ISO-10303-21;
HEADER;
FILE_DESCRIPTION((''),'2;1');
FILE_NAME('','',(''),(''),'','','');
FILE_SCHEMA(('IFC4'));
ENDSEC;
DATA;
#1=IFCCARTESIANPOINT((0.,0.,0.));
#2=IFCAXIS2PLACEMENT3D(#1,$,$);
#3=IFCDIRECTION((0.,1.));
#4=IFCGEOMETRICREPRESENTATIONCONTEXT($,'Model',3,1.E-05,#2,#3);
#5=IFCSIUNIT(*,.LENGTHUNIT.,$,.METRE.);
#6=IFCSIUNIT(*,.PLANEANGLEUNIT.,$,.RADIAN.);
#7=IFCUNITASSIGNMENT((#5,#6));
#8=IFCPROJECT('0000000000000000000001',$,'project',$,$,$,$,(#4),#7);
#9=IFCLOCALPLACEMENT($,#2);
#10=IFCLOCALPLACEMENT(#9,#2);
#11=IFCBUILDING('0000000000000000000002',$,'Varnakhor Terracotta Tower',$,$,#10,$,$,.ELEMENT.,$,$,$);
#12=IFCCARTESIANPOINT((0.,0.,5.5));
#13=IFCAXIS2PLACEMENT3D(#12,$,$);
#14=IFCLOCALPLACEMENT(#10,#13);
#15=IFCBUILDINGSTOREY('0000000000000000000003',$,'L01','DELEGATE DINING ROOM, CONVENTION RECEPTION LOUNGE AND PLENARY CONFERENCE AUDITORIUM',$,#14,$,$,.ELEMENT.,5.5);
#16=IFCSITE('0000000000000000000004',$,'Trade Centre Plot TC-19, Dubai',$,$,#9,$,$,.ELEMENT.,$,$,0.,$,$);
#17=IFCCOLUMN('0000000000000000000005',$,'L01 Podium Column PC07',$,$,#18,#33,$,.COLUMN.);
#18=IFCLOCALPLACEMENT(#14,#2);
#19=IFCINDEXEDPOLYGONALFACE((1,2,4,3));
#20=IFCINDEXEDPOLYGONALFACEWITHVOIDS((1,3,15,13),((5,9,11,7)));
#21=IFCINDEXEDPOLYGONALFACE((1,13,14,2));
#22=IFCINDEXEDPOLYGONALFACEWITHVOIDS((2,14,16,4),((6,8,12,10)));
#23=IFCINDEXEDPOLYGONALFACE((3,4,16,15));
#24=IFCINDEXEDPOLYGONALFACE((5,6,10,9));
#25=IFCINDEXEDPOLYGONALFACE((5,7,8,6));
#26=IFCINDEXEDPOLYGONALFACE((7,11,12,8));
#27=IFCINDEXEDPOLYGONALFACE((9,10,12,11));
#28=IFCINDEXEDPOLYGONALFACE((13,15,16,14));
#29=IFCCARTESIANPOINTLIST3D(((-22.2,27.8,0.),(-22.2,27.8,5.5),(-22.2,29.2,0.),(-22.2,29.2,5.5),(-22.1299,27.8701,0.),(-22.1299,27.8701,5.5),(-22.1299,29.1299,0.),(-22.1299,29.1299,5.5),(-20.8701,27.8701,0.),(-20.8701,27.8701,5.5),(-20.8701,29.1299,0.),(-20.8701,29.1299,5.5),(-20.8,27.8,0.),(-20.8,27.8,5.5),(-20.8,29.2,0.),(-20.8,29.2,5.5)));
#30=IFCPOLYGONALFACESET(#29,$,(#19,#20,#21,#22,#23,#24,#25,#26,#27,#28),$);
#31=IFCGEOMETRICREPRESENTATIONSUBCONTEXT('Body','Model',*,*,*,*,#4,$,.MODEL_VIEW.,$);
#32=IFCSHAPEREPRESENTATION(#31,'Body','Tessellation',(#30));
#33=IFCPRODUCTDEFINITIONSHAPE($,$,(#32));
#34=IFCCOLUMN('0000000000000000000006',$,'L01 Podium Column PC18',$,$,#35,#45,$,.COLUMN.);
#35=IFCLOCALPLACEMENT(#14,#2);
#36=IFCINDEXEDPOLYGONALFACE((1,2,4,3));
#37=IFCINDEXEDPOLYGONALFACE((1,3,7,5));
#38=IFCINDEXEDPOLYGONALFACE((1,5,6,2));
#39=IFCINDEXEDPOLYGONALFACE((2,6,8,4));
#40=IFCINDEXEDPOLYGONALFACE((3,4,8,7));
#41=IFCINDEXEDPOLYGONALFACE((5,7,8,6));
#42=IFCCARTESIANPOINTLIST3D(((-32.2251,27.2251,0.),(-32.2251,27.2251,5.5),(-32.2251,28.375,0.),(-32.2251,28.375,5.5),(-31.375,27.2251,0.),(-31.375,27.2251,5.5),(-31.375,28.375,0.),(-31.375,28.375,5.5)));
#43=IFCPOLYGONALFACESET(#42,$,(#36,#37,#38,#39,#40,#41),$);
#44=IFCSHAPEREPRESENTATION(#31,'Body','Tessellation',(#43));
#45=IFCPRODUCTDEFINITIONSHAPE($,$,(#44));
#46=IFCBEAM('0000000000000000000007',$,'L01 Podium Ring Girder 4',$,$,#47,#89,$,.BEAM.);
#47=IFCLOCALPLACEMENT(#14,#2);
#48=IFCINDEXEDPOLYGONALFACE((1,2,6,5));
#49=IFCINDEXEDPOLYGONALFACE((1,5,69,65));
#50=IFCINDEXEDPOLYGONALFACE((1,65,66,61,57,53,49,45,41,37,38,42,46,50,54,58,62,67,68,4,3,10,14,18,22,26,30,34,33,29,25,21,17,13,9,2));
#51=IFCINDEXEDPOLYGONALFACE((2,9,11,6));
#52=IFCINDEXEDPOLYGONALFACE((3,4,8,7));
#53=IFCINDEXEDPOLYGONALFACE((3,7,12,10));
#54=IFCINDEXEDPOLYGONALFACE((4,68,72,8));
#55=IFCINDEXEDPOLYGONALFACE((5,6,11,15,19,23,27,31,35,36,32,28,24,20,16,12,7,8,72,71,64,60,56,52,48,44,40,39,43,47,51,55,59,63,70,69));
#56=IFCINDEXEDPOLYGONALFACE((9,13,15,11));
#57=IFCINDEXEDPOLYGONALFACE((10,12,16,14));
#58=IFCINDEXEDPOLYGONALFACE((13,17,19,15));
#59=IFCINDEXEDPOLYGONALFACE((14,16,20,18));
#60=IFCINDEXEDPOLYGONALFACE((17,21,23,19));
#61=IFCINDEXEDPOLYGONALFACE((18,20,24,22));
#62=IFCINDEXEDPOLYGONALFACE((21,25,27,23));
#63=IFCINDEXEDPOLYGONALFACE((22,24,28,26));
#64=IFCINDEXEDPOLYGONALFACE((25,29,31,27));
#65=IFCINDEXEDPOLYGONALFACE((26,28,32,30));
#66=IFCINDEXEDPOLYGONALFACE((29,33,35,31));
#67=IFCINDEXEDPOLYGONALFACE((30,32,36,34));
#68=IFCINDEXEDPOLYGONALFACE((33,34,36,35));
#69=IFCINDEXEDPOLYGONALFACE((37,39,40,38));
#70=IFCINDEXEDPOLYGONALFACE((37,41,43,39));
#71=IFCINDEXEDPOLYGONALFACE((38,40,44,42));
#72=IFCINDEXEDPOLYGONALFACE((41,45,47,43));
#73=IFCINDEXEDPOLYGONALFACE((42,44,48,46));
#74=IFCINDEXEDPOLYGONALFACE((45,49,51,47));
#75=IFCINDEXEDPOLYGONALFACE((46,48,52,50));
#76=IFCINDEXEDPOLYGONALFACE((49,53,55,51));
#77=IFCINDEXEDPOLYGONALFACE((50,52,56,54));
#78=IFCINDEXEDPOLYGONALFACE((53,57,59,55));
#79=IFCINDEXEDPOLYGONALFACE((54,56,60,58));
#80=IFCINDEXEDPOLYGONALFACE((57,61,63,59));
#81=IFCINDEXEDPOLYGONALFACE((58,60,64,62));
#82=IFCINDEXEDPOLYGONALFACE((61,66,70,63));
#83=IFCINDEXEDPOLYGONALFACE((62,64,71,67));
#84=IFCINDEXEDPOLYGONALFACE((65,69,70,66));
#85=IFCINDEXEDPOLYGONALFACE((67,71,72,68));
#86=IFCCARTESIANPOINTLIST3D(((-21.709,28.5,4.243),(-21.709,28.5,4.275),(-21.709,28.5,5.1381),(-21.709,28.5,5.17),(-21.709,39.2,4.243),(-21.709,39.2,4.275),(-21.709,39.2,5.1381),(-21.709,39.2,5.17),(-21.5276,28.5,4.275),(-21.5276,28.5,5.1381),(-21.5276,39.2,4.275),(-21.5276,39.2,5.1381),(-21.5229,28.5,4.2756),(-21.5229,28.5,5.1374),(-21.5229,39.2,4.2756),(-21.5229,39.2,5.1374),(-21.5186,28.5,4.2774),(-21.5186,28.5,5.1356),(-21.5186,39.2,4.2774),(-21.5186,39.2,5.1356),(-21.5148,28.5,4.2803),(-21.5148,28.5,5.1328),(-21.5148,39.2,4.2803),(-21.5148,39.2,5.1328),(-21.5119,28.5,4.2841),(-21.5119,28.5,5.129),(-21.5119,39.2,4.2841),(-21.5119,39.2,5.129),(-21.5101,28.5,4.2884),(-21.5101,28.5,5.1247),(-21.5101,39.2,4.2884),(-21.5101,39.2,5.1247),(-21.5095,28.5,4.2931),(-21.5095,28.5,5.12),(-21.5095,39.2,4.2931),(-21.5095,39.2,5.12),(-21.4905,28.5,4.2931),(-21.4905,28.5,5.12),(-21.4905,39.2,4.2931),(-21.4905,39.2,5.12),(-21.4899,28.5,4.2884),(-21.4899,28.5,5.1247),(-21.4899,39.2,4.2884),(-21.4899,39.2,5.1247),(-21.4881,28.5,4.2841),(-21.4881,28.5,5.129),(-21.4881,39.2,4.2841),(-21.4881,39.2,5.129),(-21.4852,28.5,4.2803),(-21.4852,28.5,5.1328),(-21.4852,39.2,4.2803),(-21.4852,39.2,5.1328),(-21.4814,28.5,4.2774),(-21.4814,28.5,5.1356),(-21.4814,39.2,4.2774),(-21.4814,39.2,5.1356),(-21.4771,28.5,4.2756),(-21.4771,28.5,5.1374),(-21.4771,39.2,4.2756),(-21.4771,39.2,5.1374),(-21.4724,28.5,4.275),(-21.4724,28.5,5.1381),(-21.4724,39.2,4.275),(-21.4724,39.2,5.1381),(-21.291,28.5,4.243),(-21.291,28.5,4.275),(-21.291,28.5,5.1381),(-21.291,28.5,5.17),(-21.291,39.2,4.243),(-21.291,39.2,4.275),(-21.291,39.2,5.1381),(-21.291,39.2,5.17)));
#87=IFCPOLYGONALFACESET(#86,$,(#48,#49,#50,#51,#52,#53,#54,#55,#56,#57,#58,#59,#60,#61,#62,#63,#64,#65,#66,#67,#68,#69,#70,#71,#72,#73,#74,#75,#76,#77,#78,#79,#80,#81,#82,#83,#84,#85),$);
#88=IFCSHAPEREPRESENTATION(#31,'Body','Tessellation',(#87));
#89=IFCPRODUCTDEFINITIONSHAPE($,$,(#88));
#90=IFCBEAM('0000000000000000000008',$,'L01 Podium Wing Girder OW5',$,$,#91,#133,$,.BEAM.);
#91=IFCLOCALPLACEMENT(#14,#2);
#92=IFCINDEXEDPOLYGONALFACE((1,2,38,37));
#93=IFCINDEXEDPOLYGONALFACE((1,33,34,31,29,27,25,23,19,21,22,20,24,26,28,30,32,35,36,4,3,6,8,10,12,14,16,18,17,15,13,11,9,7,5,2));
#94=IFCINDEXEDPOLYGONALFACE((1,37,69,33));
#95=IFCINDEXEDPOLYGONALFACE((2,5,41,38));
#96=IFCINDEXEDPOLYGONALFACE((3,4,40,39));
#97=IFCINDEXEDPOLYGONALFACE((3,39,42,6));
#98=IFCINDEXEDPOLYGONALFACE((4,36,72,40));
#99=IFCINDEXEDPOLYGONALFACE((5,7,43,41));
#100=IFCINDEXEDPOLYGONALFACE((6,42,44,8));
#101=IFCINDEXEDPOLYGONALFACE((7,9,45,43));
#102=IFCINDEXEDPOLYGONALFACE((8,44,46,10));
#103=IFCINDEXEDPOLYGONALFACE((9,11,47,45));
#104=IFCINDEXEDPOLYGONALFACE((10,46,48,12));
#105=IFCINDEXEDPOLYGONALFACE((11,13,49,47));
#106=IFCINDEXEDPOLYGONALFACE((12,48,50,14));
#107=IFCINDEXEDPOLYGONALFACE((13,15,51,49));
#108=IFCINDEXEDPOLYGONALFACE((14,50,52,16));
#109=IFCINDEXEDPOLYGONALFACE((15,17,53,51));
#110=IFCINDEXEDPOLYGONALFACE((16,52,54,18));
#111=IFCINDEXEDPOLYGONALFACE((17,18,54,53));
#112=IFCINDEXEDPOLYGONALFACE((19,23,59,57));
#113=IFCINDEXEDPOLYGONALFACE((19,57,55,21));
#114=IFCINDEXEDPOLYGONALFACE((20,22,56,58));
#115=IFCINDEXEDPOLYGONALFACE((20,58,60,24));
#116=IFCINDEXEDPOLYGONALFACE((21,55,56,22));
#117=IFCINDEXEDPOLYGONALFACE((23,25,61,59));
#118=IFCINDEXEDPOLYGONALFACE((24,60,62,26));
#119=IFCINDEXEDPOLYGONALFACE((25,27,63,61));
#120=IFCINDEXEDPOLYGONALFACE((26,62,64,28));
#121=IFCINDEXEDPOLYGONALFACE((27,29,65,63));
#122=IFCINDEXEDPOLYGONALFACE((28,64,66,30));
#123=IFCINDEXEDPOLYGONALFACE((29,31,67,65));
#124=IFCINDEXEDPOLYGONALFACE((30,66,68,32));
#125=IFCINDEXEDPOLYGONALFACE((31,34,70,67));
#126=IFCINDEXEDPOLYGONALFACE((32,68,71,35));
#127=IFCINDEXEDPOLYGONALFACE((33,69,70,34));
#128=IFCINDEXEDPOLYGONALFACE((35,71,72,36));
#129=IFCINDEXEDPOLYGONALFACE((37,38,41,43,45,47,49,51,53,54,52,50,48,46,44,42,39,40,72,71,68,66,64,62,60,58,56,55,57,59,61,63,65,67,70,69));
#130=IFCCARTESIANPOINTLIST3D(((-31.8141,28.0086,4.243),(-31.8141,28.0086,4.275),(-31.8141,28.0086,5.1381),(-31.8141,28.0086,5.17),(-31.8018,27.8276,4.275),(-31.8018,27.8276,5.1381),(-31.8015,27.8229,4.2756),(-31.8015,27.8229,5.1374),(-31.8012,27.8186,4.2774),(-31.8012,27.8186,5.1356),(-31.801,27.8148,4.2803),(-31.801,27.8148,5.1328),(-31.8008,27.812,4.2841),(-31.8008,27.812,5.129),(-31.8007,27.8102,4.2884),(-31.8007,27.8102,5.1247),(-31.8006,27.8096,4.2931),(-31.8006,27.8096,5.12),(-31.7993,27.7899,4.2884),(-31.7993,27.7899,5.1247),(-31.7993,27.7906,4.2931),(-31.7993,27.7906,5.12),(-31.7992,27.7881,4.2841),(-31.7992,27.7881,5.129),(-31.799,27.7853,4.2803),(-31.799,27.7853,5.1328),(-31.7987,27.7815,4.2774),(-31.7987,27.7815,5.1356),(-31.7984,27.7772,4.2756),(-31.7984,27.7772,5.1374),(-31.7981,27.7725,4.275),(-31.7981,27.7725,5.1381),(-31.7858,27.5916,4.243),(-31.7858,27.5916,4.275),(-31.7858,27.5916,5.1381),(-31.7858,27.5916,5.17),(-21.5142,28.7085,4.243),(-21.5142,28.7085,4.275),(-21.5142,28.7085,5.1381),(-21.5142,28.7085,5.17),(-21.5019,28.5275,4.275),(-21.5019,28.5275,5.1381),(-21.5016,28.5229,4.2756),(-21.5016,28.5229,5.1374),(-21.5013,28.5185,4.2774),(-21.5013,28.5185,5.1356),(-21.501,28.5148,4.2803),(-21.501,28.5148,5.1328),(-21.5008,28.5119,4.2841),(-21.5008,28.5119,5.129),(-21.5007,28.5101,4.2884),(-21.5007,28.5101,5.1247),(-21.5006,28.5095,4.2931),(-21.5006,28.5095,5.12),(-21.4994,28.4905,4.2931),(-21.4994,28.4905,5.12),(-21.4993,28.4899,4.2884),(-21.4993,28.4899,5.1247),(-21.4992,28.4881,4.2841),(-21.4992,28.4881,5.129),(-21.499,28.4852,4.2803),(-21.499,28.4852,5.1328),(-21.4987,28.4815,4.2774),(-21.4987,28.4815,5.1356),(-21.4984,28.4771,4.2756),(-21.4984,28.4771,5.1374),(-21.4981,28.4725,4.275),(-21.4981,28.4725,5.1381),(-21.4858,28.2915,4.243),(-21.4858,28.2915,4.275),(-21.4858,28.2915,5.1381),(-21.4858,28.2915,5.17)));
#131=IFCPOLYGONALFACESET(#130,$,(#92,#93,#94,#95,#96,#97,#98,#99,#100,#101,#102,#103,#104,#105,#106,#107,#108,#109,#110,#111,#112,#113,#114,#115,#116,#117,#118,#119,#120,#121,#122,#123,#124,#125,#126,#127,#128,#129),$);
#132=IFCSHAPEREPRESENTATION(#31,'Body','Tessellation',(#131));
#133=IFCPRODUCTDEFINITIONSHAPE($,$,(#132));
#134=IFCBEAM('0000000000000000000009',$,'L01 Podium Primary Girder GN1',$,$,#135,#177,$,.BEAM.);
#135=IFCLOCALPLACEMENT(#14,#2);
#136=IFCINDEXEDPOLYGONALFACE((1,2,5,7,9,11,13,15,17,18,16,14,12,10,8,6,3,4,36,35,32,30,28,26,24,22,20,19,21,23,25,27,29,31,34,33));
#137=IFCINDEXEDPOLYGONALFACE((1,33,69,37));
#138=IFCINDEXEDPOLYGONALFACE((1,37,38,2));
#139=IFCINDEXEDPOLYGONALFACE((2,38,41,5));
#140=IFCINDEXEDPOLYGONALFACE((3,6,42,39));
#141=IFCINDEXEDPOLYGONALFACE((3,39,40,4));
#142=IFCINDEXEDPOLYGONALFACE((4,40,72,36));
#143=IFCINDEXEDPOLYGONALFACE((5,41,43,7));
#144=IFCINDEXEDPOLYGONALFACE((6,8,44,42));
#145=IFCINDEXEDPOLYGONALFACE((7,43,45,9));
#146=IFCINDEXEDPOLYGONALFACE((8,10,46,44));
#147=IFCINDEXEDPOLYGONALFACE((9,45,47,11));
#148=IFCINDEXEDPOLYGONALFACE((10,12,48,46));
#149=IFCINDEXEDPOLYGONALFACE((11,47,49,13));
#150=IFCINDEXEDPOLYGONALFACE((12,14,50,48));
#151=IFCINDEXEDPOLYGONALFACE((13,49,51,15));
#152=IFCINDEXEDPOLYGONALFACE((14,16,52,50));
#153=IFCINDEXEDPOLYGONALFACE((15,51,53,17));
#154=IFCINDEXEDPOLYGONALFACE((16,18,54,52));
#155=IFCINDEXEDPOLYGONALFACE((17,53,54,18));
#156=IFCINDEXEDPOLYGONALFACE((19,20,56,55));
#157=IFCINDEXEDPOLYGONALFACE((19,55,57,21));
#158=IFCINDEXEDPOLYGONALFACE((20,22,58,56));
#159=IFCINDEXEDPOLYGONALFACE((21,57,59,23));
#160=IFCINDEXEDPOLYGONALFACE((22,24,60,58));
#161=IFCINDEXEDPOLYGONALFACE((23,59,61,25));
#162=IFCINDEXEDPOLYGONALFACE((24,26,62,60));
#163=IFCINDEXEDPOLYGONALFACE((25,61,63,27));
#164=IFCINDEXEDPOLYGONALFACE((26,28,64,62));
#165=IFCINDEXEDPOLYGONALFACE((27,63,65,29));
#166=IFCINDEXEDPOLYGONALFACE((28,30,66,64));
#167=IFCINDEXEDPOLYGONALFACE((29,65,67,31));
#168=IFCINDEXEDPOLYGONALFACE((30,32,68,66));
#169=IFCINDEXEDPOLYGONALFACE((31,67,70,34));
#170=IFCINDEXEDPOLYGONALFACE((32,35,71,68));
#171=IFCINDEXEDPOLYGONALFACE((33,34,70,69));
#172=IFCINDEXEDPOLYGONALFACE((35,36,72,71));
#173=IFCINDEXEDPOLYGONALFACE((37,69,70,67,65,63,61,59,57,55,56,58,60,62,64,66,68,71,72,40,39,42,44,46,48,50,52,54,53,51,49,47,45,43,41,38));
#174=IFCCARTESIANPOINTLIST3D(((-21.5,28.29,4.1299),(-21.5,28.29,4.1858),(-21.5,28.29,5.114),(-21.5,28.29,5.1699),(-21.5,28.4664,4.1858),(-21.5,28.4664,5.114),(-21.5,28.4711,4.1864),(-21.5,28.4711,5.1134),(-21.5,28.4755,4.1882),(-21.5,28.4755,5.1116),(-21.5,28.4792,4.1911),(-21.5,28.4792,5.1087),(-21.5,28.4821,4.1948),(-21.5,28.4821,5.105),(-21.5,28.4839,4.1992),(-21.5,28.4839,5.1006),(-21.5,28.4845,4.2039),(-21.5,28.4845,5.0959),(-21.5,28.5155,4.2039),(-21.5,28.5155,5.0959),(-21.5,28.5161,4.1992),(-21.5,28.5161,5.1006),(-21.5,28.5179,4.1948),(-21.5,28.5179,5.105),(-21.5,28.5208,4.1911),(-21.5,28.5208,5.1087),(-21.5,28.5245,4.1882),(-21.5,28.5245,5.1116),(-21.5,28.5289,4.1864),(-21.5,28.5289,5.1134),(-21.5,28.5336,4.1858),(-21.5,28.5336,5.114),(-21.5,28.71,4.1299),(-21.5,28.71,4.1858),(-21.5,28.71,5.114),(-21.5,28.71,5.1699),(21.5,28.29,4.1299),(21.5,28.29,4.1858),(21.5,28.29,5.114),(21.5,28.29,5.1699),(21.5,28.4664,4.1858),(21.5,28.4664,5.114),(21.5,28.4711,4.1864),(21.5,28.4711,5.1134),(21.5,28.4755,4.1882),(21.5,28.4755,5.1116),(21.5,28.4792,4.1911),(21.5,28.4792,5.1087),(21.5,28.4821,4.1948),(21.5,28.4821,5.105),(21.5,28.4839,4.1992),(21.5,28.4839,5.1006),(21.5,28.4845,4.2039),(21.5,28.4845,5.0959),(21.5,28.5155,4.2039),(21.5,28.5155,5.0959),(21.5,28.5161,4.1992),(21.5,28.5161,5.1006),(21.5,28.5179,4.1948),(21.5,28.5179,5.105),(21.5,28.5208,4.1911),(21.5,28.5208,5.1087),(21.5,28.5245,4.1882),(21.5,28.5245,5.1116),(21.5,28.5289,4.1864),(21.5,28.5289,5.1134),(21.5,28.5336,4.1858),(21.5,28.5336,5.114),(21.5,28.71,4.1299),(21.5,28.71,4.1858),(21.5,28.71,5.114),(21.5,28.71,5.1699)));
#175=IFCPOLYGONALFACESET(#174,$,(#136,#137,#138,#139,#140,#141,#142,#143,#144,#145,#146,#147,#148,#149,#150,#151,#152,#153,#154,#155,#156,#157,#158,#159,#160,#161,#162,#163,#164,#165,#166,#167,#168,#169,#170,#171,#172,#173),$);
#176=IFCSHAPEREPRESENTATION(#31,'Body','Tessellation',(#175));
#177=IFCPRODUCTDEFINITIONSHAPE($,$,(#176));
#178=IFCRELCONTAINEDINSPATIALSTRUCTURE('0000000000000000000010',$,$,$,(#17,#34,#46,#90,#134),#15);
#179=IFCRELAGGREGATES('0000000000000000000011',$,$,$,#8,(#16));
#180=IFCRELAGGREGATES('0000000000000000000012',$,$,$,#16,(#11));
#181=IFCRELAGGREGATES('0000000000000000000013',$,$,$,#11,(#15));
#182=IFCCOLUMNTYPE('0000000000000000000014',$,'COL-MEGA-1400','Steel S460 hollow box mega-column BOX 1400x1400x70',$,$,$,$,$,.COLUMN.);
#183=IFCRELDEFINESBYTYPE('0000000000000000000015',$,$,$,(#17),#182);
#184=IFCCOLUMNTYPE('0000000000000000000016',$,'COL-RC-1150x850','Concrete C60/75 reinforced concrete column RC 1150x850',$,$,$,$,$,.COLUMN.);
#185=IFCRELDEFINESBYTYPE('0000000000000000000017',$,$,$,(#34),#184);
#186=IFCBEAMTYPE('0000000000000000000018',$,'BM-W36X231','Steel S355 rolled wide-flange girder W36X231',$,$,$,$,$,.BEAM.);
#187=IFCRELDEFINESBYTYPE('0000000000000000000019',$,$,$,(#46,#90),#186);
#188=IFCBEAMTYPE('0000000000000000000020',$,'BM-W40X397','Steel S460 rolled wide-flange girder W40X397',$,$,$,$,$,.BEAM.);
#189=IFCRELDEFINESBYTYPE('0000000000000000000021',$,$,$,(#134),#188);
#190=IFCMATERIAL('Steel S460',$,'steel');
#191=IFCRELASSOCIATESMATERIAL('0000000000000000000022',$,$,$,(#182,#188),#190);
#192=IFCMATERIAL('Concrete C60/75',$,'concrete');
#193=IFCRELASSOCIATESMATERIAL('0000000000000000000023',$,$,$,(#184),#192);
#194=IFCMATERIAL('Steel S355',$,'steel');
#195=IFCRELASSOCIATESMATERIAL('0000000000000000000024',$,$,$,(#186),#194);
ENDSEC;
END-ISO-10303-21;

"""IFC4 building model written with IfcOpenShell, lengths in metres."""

from ifc_helpers import new_model, si_unit, direction, frame, origin, origin_2d, place, context, subcontext, project, spatial, rectangle, hollow_rectangle, i_section, extrude, source, transform, mapped, material, material_profile, profile_set, type_object, element, save


model = new_model("IFC4")

# Units and contexts
model_context = context("Model", 3, precision=1e-05, world=origin(), true_north=direction((0.0, 1.0)))
body_context = subcontext(model_context, "Body", "Model", "MODEL_VIEW")
ifc_project = project(units=[si_unit("LENGTHUNIT", "METRE"), si_unit("PLANEANGLEUNIT", "RADIAN")], contexts=[model_context])

# Site, building, storey
site_placement = place(None, origin())
site = spatial("IfcSite", under=ifc_project, at=site_placement, Name="Trade Centre Plot TC-19, Dubai", CompositionType="ELEMENT", RefElevation=0.0)
building_placement = place(site_placement, origin())
building = spatial("IfcBuilding", under=site, at=building_placement, Name="Varnakhor Terracotta Tower", CompositionType="ELEMENT")
storey_placement = place(building_placement, frame((0.0, 0.0, 5.5)))
storey = spatial("IfcBuildingStorey", under=building, at=storey_placement, Name="L01", Description="DELEGATE DINING ROOM, CONVENTION RECEPTION LOUNGE AND PLENARY CONFERENCE AUDITORIUM", CompositionType="ELEMENT", Elevation=5.5)

# Columns
ifc_material_1 = material(Name="Steel S460", Category="steel")
ifc_material_profile_1 = material_profile(ifc_material_1, hollow_rectangle(XDim=1.3999, YDim=1.3999, WallThickness=0.0701, at=origin_2d()), Name="BOX 1400x1400x70")
ifc_profile_set_1 = profile_set([ifc_material_profile_1], Name="Steel S460")
column_type_1 = type_object("IfcColumnType", Name="COL-MEGA-1400", Description="Steel S460 hollow box mega-column BOX 1400x1400x70", PredefinedType="COLUMN", material=ifc_profile_set_1)
shared_shape_1 = source(origin(), body_context, "Body", "SweptSolid", [
    extrude(hollow_rectangle(XDim=1.3999, YDim=1.3999, WallThickness=0.0701, at=origin_2d()), origin(), (0.0, 0.0, 1.0), 5.5),
])
column_1_placement = place(storey_placement, frame((-21.5, 28.5, 0.0), z_axis=(0.0, 0.0, 1.0), x_axis=(1.0, 0.0, 0.0)))
element("IfcColumn", 1, at=column_1_placement, inside=storey, type_object=column_type_1, Name="L01 Podium Column PC07", PredefinedType="COLUMN", context=body_context, shape_type="MappedRepresentation", body=[
    mapped(shared_shape_1, transform((0.0, 0.0, 0.0), scale=1.0)),
])
ifc_material_2 = material(Name="Concrete C60/75", Category="concrete")
ifc_material_profile_2 = material_profile(ifc_material_2, rectangle(XDim=0.8501, YDim=1.1499, at=origin_2d()), Name="RC 1150x850")
ifc_profile_set_2 = profile_set([ifc_material_profile_2], Name="Concrete C60/75")
column_type_2 = type_object("IfcColumnType", Name="COL-RC-1150x850", Description="Concrete C60/75 reinforced concrete column RC 1150x850", PredefinedType="COLUMN", material=ifc_profile_set_2)
shared_shape_2 = source(origin(), body_context, "Body", "SweptSolid", [
    extrude(rectangle(XDim=0.8501, YDim=1.1499, at=origin_2d()), origin(), (0.0, 0.0, 1.0), 5.5),
])
column_2_placement = place(storey_placement, frame((-31.8, 27.8, 0.0), z_axis=(0.0, 0.0, 1.0), x_axis=(1.0, 0.0, 0.0)))
element("IfcColumn", 2, at=column_2_placement, inside=storey, type_object=column_type_2, Name="L01 Podium Column PC18", PredefinedType="COLUMN", context=body_context, shape_type="MappedRepresentation", body=[
    mapped(shared_shape_2, transform((0.0, 0.0, 0.0), scale=1.0)),
])

# Beams
ifc_material_3 = material(Name="Steel S355", Category="steel")
ifc_material_profile_3 = material_profile(ifc_material_3, i_section(OverallWidth=0.418, OverallDepth=0.927, WebThickness=0.019, FlangeThickness=0.032, FilletRadius=0.0181, at=origin_2d()), Name="W36X231")
ifc_profile_set_3 = profile_set([ifc_material_profile_3], Name="Steel S355")
beam_type_1 = type_object("IfcBeamType", Name="BM-W36X231", Description="Steel S355 rolled wide-flange girder W36X231", PredefinedType="BEAM", material=ifc_profile_set_3)
shared_shape_3 = source(origin(), body_context, "Body", "SweptSolid", [
    extrude(i_section(OverallWidth=0.418, OverallDepth=0.927, WebThickness=0.019, FlangeThickness=0.032, FilletRadius=0.0181, at=origin_2d()), origin(), (0.0, 0.0, 1.0), 10.7),
])
beam_1_placement = place(storey_placement, frame((-21.5, 28.5, 4.7065), z_axis=(0.0, 1.0, 0.0), x_axis=(-1.0, 0.0, 0.0)))
element("IfcBeam", 3, at=beam_1_placement, inside=storey, type_object=beam_type_1, Name="L01 Podium Ring Girder 4", PredefinedType="BEAM", context=body_context, shape_type="MappedRepresentation", body=[
    mapped(shared_shape_3, transform((0.0, 0.0, 0.0), scale=1.0)),
])
shared_shape_4 = source(origin(), body_context, "Body", "SweptSolid", [
    extrude(i_section(OverallWidth=0.418, OverallDepth=0.927, WebThickness=0.019, FlangeThickness=0.032, FilletRadius=0.0181, at=origin_2d()), origin(), (0.0, 0.0, 1.0), 10.3237),
])
beam_2_placement = place(storey_placement, frame((-21.5, 28.5, 4.7065), z_axis=(-0.997699, -0.0678, 0.0), x_axis=(0.0678, -0.997699, 0.0)))
element("IfcBeam", 4, at=beam_2_placement, inside=storey, type_object=beam_type_1, Name="L01 Podium Wing Girder OW5", PredefinedType="BEAM", context=body_context, shape_type="MappedRepresentation", body=[
    mapped(shared_shape_4, transform((0.0, 0.0, 0.0), scale=1.0)),
])
ifc_material_profile_4 = material_profile(ifc_material_1, i_section(OverallWidth=0.4199, OverallDepth=1.04, WebThickness=0.031, FlangeThickness=0.0559, FilletRadius=0.0181, at=origin_2d()), Name="W40X397")
ifc_profile_set_4 = profile_set([ifc_material_profile_4], Name="Steel S460")
beam_type_2 = type_object("IfcBeamType", Name="BM-W40X397", Description="Steel S460 rolled wide-flange girder W40X397", PredefinedType="BEAM", material=ifc_profile_set_4)
shared_shape_5 = source(origin(), body_context, "Body", "SweptSolid", [
    extrude(i_section(OverallWidth=0.4199, OverallDepth=1.04, WebThickness=0.031, FlangeThickness=0.0559, FilletRadius=0.0181, at=origin_2d()), origin(), (0.0, 0.0, 1.0), 43.0),
])
beam_3_placement = place(storey_placement, frame((-21.5, 28.5, 4.6499), z_axis=(1.0, 0.0, 0.0), x_axis=(0.0, 1.0, 0.0)))
element("IfcBeam", 5, at=beam_3_placement, inside=storey, type_object=beam_type_2, Name="L01 Podium Primary Girder GN1", PredefinedType="BEAM", context=body_context, shape_type="MappedRepresentation", body=[
    mapped(shared_shape_5, transform((0.0, 0.0, 0.0), scale=1.0)),
])

save(model, "model.ifc")
